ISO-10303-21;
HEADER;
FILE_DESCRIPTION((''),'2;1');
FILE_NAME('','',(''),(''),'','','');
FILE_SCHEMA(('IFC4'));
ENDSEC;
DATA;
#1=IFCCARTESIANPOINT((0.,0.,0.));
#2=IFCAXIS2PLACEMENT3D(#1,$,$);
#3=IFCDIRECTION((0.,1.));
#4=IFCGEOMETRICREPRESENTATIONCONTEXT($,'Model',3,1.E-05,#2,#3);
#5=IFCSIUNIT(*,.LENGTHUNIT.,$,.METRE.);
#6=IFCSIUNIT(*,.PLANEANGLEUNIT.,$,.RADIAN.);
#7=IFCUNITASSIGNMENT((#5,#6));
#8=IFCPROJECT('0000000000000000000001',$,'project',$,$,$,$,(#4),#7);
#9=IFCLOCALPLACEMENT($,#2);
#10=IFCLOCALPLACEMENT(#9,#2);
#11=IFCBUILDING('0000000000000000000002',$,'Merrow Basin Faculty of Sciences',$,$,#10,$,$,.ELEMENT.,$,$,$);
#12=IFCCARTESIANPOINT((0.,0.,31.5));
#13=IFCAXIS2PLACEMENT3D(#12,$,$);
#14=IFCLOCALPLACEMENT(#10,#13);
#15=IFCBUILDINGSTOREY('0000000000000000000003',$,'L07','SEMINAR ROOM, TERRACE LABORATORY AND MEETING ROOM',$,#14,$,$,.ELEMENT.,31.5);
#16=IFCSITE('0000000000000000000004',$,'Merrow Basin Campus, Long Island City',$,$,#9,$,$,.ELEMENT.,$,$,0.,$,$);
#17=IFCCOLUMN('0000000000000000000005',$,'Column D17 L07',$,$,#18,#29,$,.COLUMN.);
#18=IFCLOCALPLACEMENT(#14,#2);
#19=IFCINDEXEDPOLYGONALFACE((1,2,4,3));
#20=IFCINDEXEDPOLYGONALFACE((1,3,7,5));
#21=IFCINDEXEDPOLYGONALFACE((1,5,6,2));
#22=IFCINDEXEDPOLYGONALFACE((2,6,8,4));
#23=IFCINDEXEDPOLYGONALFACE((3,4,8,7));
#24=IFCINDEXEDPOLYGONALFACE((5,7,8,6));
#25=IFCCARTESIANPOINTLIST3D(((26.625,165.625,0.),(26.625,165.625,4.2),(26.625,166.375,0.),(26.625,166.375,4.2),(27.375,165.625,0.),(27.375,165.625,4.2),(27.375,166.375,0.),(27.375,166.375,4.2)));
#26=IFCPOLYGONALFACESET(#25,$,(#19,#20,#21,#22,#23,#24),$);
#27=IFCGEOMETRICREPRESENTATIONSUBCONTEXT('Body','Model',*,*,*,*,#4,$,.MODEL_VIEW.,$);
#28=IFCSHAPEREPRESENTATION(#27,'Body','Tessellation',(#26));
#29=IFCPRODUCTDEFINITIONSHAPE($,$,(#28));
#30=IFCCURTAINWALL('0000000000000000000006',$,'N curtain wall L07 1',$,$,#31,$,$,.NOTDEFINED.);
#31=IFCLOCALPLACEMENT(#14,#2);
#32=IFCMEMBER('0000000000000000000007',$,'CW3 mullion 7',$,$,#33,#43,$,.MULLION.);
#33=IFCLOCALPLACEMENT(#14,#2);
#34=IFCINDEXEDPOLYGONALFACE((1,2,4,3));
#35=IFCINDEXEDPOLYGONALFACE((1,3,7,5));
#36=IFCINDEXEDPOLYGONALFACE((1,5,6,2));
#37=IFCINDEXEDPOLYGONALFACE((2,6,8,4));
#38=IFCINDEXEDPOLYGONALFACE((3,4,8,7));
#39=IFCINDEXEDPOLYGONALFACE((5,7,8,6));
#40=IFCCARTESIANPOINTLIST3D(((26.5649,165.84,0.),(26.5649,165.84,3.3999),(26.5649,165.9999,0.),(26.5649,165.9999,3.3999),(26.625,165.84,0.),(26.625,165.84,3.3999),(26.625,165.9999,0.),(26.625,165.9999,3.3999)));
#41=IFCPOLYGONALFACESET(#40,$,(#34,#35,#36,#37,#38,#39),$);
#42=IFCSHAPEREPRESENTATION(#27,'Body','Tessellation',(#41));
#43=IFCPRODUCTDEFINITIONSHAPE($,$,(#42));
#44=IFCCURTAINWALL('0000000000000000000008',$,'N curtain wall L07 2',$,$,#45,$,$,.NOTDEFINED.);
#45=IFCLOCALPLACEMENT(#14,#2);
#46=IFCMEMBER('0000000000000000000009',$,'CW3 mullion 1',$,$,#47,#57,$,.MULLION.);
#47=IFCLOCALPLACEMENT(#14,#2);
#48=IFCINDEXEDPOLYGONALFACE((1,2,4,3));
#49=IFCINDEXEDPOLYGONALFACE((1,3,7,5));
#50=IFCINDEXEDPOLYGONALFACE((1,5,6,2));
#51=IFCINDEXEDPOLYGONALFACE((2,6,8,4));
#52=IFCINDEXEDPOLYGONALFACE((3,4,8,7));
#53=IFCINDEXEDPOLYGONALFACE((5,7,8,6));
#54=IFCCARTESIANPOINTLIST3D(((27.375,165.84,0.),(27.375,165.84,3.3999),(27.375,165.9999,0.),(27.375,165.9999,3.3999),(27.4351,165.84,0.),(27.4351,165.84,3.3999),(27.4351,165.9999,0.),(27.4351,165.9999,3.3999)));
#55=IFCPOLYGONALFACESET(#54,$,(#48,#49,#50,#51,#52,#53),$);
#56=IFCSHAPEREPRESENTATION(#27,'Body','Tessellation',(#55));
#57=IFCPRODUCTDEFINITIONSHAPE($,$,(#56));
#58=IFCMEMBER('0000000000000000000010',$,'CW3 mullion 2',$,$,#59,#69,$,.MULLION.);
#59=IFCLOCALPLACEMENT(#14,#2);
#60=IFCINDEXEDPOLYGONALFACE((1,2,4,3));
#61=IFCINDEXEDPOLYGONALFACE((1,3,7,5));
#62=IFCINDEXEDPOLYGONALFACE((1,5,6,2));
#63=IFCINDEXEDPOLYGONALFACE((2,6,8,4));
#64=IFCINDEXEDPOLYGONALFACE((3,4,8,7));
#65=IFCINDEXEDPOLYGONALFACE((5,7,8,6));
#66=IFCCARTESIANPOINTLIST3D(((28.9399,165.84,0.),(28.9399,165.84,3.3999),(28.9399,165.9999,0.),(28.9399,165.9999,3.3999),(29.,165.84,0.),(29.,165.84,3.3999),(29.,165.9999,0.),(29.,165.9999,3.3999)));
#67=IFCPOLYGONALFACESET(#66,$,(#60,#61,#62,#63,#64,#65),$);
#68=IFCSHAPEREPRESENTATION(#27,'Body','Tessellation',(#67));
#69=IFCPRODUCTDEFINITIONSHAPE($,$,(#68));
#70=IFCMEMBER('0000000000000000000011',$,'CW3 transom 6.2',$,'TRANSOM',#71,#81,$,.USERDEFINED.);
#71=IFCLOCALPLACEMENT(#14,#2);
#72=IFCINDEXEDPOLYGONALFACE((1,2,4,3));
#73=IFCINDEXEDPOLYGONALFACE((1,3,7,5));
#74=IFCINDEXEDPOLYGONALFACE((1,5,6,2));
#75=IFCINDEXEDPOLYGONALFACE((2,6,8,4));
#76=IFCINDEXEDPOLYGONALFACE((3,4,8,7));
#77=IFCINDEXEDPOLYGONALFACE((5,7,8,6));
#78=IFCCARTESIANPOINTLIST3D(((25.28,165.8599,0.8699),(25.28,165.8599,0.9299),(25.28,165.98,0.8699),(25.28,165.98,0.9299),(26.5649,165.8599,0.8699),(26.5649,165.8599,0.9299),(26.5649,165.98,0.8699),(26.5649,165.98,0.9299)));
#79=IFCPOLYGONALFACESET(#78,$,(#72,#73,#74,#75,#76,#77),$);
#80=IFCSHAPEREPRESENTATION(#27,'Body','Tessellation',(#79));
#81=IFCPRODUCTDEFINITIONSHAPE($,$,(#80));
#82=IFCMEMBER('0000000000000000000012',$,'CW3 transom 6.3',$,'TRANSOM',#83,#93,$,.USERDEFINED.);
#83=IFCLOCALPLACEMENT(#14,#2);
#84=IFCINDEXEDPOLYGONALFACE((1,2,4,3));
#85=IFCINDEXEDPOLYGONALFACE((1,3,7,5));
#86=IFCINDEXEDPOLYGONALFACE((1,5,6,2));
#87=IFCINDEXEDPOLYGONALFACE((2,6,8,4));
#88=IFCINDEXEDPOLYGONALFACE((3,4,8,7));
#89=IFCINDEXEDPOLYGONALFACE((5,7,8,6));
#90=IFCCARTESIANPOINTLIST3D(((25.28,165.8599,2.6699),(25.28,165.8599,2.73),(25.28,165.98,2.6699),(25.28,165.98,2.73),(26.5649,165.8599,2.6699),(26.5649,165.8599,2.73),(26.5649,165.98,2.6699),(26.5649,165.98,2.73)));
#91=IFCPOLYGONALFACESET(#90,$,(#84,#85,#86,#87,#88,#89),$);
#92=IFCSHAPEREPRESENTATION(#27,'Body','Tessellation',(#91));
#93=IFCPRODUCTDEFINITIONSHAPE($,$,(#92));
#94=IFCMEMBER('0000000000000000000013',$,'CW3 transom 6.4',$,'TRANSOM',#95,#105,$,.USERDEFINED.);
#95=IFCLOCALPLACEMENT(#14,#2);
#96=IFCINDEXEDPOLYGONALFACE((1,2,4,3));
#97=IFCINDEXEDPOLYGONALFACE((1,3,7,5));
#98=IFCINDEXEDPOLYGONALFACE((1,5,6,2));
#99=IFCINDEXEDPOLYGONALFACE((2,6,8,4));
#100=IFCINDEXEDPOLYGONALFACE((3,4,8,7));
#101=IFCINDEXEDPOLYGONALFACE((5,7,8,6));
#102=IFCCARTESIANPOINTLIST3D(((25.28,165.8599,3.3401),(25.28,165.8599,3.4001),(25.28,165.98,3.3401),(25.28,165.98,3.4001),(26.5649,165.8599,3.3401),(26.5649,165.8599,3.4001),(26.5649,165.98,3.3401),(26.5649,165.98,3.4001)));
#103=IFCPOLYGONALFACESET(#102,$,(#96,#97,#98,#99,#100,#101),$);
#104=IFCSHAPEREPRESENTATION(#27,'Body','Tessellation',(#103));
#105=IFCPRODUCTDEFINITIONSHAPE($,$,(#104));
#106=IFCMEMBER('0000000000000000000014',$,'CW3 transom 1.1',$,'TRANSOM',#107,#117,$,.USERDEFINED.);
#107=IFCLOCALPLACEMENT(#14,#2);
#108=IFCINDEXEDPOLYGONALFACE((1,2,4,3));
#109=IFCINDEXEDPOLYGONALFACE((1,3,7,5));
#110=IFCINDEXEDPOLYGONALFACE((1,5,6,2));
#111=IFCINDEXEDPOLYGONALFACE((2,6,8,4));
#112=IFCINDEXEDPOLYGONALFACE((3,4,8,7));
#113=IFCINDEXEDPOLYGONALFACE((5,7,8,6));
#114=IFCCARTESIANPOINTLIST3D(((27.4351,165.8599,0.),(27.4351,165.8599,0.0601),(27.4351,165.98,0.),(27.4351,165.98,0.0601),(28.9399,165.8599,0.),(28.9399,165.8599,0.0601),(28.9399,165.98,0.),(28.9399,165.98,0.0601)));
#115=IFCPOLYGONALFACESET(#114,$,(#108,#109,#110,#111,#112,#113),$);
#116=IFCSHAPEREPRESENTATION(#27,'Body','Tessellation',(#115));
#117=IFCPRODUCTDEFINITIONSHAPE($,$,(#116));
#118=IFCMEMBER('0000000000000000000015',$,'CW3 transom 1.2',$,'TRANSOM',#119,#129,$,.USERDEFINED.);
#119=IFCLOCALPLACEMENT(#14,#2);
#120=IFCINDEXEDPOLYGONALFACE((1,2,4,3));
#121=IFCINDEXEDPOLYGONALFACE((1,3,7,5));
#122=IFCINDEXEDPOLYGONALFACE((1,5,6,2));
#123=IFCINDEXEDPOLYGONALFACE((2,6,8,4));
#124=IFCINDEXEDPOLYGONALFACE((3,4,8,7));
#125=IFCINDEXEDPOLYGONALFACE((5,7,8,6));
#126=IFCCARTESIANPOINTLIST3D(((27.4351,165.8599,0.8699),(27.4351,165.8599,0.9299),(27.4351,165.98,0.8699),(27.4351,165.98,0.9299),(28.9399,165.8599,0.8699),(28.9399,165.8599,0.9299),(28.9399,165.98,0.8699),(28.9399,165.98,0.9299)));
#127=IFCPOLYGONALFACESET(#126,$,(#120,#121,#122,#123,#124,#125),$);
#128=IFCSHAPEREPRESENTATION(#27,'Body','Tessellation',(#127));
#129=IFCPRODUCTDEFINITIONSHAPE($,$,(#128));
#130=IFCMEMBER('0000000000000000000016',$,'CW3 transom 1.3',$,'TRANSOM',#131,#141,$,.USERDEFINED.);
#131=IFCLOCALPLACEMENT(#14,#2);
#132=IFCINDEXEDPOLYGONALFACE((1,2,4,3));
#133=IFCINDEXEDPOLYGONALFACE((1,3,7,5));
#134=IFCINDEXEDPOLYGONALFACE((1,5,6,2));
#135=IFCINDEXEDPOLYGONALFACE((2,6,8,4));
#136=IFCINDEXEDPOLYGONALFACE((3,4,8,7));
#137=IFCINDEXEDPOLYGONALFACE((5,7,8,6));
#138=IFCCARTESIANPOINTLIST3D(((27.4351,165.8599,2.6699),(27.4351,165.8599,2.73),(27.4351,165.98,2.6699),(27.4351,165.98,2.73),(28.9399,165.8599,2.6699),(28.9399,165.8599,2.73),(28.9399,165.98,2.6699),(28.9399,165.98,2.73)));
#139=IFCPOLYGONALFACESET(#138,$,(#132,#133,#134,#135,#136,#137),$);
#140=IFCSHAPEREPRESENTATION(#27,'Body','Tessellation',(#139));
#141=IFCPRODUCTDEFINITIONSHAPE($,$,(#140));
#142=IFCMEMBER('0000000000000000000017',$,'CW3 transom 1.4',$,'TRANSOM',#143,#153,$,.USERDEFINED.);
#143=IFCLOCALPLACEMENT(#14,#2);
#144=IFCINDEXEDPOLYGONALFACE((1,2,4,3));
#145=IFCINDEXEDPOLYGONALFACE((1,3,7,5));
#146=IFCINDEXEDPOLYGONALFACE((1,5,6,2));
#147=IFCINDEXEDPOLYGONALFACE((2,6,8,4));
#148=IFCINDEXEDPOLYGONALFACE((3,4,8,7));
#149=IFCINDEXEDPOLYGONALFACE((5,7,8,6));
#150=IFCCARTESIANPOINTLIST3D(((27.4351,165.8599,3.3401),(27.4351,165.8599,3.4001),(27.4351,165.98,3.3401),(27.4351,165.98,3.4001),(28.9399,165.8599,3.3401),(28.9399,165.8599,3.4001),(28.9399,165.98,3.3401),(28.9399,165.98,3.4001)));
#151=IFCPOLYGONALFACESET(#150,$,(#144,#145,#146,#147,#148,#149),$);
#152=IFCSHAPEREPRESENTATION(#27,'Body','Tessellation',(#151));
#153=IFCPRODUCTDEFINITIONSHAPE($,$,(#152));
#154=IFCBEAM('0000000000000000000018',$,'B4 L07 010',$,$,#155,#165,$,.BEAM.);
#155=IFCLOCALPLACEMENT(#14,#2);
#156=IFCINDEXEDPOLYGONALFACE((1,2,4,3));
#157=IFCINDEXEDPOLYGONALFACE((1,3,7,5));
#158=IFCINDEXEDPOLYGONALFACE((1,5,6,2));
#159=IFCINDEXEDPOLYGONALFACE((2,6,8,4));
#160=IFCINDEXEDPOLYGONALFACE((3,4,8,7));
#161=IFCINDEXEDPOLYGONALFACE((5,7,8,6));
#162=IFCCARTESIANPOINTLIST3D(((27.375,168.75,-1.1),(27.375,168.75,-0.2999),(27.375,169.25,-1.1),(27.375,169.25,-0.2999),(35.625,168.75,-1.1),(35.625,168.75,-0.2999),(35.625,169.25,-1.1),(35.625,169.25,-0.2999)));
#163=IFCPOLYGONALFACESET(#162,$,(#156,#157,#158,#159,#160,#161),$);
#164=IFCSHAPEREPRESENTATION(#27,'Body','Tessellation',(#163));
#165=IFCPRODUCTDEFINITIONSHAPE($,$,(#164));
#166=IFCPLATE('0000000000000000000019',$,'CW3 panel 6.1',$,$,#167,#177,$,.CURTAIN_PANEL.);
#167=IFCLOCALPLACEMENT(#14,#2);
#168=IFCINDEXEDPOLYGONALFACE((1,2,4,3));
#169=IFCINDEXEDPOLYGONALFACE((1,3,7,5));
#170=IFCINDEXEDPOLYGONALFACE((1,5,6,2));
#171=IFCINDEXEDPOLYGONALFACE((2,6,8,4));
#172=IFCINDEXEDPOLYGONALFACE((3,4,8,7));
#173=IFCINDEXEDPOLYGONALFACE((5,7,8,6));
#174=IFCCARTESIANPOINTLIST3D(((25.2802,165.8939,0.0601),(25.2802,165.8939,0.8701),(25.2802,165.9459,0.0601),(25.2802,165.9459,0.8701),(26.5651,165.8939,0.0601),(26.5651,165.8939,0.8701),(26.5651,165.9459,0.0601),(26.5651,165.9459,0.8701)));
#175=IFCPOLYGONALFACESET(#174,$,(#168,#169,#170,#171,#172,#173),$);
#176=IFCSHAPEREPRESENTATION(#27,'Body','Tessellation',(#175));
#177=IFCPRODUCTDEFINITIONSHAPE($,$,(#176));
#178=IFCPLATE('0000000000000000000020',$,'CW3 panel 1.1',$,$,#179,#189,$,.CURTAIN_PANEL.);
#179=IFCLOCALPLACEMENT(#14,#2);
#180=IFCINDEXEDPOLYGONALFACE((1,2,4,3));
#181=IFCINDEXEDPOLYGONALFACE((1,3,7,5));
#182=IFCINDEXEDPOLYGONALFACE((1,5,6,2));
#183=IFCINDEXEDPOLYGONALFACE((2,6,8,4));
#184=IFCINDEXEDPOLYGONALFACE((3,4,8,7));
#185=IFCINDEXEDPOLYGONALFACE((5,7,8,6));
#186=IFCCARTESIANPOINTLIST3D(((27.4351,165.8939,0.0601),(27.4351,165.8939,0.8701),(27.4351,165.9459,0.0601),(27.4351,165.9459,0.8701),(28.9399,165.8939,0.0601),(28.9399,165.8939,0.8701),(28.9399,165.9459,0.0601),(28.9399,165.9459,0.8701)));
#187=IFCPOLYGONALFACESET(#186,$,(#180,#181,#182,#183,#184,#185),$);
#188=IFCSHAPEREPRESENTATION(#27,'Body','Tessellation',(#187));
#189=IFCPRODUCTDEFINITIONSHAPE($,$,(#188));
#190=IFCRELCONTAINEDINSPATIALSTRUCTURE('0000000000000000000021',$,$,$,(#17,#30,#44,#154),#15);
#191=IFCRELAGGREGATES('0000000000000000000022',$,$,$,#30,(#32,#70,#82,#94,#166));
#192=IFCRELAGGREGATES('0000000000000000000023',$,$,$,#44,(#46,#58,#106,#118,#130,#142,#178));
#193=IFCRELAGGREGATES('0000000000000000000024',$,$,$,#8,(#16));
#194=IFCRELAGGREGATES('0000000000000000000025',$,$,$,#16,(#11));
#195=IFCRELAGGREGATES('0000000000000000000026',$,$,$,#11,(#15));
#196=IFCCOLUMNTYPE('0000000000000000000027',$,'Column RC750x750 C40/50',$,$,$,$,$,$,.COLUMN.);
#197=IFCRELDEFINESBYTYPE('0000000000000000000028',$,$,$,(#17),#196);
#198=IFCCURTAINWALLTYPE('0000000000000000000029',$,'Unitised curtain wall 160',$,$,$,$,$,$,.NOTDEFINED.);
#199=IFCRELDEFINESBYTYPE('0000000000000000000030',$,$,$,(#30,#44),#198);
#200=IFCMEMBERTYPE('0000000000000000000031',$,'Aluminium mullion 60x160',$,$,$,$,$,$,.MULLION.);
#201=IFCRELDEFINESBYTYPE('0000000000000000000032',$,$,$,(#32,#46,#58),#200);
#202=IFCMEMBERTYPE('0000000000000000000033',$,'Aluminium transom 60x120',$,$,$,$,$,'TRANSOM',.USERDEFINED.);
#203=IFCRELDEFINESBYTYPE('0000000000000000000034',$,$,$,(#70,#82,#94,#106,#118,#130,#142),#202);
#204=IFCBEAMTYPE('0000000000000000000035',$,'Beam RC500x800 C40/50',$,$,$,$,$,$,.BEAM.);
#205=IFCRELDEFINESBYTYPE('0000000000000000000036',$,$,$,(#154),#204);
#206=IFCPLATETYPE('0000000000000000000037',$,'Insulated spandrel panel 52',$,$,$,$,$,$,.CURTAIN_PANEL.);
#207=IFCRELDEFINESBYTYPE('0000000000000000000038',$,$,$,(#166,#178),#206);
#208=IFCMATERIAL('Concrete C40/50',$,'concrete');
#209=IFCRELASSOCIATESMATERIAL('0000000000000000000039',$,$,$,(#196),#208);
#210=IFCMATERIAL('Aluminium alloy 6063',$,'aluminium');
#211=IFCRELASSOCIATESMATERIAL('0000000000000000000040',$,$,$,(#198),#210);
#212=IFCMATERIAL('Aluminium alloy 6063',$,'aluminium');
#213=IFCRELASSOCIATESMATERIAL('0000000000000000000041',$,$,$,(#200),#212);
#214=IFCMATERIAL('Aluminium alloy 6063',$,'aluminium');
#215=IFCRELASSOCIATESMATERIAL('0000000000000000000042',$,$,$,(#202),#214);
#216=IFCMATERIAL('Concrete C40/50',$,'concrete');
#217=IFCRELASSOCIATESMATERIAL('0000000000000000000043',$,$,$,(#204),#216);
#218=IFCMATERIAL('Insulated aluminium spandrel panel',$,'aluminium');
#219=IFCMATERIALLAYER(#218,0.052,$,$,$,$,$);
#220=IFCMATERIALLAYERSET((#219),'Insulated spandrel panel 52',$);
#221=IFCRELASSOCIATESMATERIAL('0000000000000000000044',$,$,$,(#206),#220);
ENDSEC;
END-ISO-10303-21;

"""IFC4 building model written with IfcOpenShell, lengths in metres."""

from ifc_helpers import new_model, si_unit, direction, frame, origin, origin_2d, place, context, subcontext, project, spatial, rectangle, extrude, material, layer, layer_set, material_profile, profile_set, type_object, element, aggregate, save


model = new_model("IFC4")

# Units and contexts
model_context = context("Model", 3, precision=1e-05, world=origin(), true_north=direction((0.0, 1.0)))
body_context = subcontext(model_context, "Body", "Model", "MODEL_VIEW")
ifc_project = project(units=[si_unit("LENGTHUNIT", "METRE"), si_unit("PLANEANGLEUNIT", "RADIAN")], contexts=[model_context])

# Site, building, storey
site_placement = place(None, origin())
site = spatial("IfcSite", under=ifc_project, at=site_placement, Name="Merrow Basin Campus, Long Island City", CompositionType="ELEMENT", RefElevation=0.0)
building_placement = place(site_placement, origin())
building = spatial("IfcBuilding", under=site, at=building_placement, Name="Merrow Basin Faculty of Sciences", CompositionType="ELEMENT")
storey_placement = place(building_placement, frame((0.0, 0.0, 31.5)))
storey = spatial("IfcBuildingStorey", under=building, at=storey_placement, Name="L07", Description="SEMINAR ROOM, TERRACE LABORATORY AND MEETING ROOM", CompositionType="ELEMENT", Elevation=31.5)

# Column
ifc_material_1 = material(Name="Concrete C40/50", Category="concrete")
ifc_material_profile_1 = material_profile(ifc_material_1, rectangle(XDim=0.75, YDim=0.75, at=origin_2d()))
ifc_profile_set_1 = profile_set([ifc_material_profile_1], Name="Concrete C40/50")
column_type = type_object("IfcColumnType", Name="Column RC750x750 C40/50", PredefinedType="COLUMN", material=ifc_profile_set_1)
column_placement = place(storey_placement, frame((27.0, 166.0, 0.0), z_axis=(0.0, 0.0, 1.0), x_axis=(1.0, 0.0, 0.0)))
element("IfcColumn", 1, at=column_placement, inside=storey, type_object=column_type, Name="Column D17 L07", PredefinedType="COLUMN", context=body_context, shape_type="SweptSolid", body=[
    extrude(rectangle(XDim=0.75, YDim=0.75, at=origin_2d()), origin(), (0.0, 0.0, 1.0), 4.2),
])

# Curtain wall, member
ifc_material_2 = material(Name="Aluminium alloy 6063", Category="aluminium")
curtain_wall_type = type_object("IfcCurtainWallType", Name="Unitised curtain wall 160", PredefinedType="NOTDEFINED", material=ifc_material_2)
curtain_wall_1_placement = place(storey_placement, origin())
curtain_wall_1 = element("IfcCurtainWall", 2, at=curtain_wall_1_placement, inside=storey, type_object=curtain_wall_type, Name="N curtain wall L07 1", PredefinedType="NOTDEFINED")
ifc_material_3 = material(Name="Aluminium alloy 6063", Category="aluminium")
ifc_material_profile_2 = material_profile(ifc_material_3, rectangle(XDim=0.1599, YDim=0.0601, at=origin_2d()))
ifc_profile_set_2 = profile_set([ifc_material_profile_2], Name="Aluminium alloy 6063")
member_type_1 = type_object("IfcMemberType", Name="Aluminium mullion 60x160", PredefinedType="MULLION", material=ifc_profile_set_2)
member_1_placement = place(storey_placement, frame((26.595, 165.9199, 0.0), z_axis=(0.0, 0.0, 1.0), x_axis=(0.0, 1.0, 0.0)))
member_1 = element("IfcMember", 3, at=member_1_placement, type_object=member_type_1, Name="CW3 mullion 7", PredefinedType="MULLION", context=body_context, shape_type="SweptSolid", body=[
    extrude(rectangle(XDim=0.1599, YDim=0.0601, at=origin_2d()), origin(), (0.0, 0.0, 1.0), 3.3999),
])

# Curtain wall, members
curtain_wall_2_placement = place(storey_placement, origin())
curtain_wall_2 = element("IfcCurtainWall", 4, at=curtain_wall_2_placement, inside=storey, type_object=curtain_wall_type, Name="N curtain wall L07 2", PredefinedType="NOTDEFINED")
member_2_placement = place(storey_placement, frame((27.405, 165.9199, 0.0), z_axis=(0.0, 0.0, 1.0), x_axis=(0.0, 1.0, 0.0)))
member_2 = element("IfcMember", 5, at=member_2_placement, type_object=member_type_1, Name="CW3 mullion 1", PredefinedType="MULLION", context=body_context, shape_type="SweptSolid", body=[
    extrude(rectangle(XDim=0.1599, YDim=0.0601, at=origin_2d()), origin(), (0.0, 0.0, 1.0), 3.3999),
])
member_3_placement = place(storey_placement, frame((28.97, 165.9199, 0.0), z_axis=(0.0, 0.0, 1.0), x_axis=(0.0, 1.0, 0.0)))
member_3 = element("IfcMember", 6, at=member_3_placement, type_object=member_type_1, Name="CW3 mullion 2", PredefinedType="MULLION", context=body_context, shape_type="SweptSolid", body=[
    extrude(rectangle(XDim=0.1599, YDim=0.0601, at=origin_2d()), origin(), (0.0, 0.0, 1.0), 3.3999),
])

# Members
ifc_material_4 = material(Name="Aluminium alloy 6063", Category="aluminium")
ifc_material_profile_3 = material_profile(ifc_material_4, rectangle(XDim=0.1201, YDim=0.0601, at=origin_2d()))
ifc_profile_set_3 = profile_set([ifc_material_profile_3], Name="Aluminium alloy 6063")
member_type_2 = type_object("IfcMemberType", Name="Aluminium transom 60x120", ElementType="TRANSOM", PredefinedType="USERDEFINED", material=ifc_profile_set_3)
member_4_placement = place(storey_placement, frame((25.28, 165.9199, 0.8999), z_axis=(1.0, 0.0, 0.0), x_axis=(0.0, 1.0, 0.0)))
member_4 = element("IfcMember", 7, at=member_4_placement, type_object=member_type_2, Name="CW3 transom 6.2", ObjectType="TRANSOM", PredefinedType="USERDEFINED", context=body_context, shape_type="SweptSolid", body=[
    extrude(rectangle(XDim=0.1201, YDim=0.0601, at=origin_2d()), origin(), (0.0, 0.0, 1.0), 1.2849),
])
member_5_placement = place(storey_placement, frame((25.28, 165.9199, 2.7), z_axis=(1.0, 0.0, 0.0), x_axis=(0.0, 1.0, 0.0)))
member_5 = element("IfcMember", 8, at=member_5_placement, type_object=member_type_2, Name="CW3 transom 6.3", ObjectType="TRANSOM", PredefinedType="USERDEFINED", context=body_context, shape_type="SweptSolid", body=[
    extrude(rectangle(XDim=0.1201, YDim=0.0601, at=origin_2d()), origin(), (0.0, 0.0, 1.0), 1.2849),
])
member_6_placement = place(storey_placement, frame((25.28, 165.9199, 3.3701), z_axis=(1.0, 0.0, 0.0), x_axis=(0.0, 1.0, 0.0)))
member_6 = element("IfcMember", 9, at=member_6_placement, type_object=member_type_2, Name="CW3 transom 6.4", ObjectType="TRANSOM", PredefinedType="USERDEFINED", context=body_context, shape_type="SweptSolid", body=[
    extrude(rectangle(XDim=0.1201, YDim=0.0601, at=origin_2d()), origin(), (0.0, 0.0, 1.0), 1.2849),
])
member_7_placement = place(storey_placement, frame((27.4351, 165.9199, 0.03), z_axis=(1.0, 0.0, 0.0), x_axis=(0.0, 1.0, 0.0)))
member_7 = element("IfcMember", 10, at=member_7_placement, type_object=member_type_2, Name="CW3 transom 1.1", ObjectType="TRANSOM", PredefinedType="USERDEFINED", context=body_context, shape_type="SweptSolid", body=[
    extrude(rectangle(XDim=0.1201, YDim=0.0601, at=origin_2d()), origin(), (0.0, 0.0, 1.0), 1.5049),
])
member_8_placement = place(storey_placement, frame((27.4351, 165.9199, 0.8999), z_axis=(1.0, 0.0, 0.0), x_axis=(0.0, 1.0, 0.0)))
member_8 = element("IfcMember", 11, at=member_8_placement, type_object=member_type_2, Name="CW3 transom 1.2", ObjectType="TRANSOM", PredefinedType="USERDEFINED", context=body_context, shape_type="SweptSolid", body=[
    extrude(rectangle(XDim=0.1201, YDim=0.0601, at=origin_2d()), origin(), (0.0, 0.0, 1.0), 1.5049),
])
member_9_placement = place(storey_placement, frame((27.4351, 165.9199, 2.7), z_axis=(1.0, 0.0, 0.0), x_axis=(0.0, 1.0, 0.0)))
member_9 = element("IfcMember", 12, at=member_9_placement, type_object=member_type_2, Name="CW3 transom 1.3", ObjectType="TRANSOM", PredefinedType="USERDEFINED", context=body_context, shape_type="SweptSolid", body=[
    extrude(rectangle(XDim=0.1201, YDim=0.0601, at=origin_2d()), origin(), (0.0, 0.0, 1.0), 1.5049),
])
member_10_placement = place(storey_placement, frame((27.4351, 165.9199, 3.3701), z_axis=(1.0, 0.0, 0.0), x_axis=(0.0, 1.0, 0.0)))
member_10 = element("IfcMember", 13, at=member_10_placement, type_object=member_type_2, Name="CW3 transom 1.4", ObjectType="TRANSOM", PredefinedType="USERDEFINED", context=body_context, shape_type="SweptSolid", body=[
    extrude(rectangle(XDim=0.1201, YDim=0.0601, at=origin_2d()), origin(), (0.0, 0.0, 1.0), 1.5049),
])

# Beam
ifc_material_5 = material(Name="Concrete C40/50", Category="concrete")
ifc_material_profile_4 = material_profile(ifc_material_5, rectangle(XDim=0.5, YDim=0.8, at=origin_2d()))
ifc_profile_set_4 = profile_set([ifc_material_profile_4], Name="Concrete C40/50")
beam_type = type_object("IfcBeamType", Name="Beam RC500x800 C40/50", PredefinedType="BEAM", material=ifc_profile_set_4)
beam_placement = place(storey_placement, frame((27.375, 169.0, -0.7), z_axis=(1.0, 0.0, 0.0), x_axis=(0.0, 1.0, 0.0)))
element("IfcBeam", 14, at=beam_placement, inside=storey, type_object=beam_type, Name="B4 L07 010", PredefinedType="BEAM", context=body_context, shape_type="SweptSolid", body=[
    extrude(rectangle(XDim=0.5, YDim=0.8, at=origin_2d()), origin(), (0.0, 0.0, 1.0), 8.25),
])

# Plates
ifc_material_6 = material(Name="Insulated aluminium spandrel panel", Category="aluminium")
ifc_layer_1 = layer(ifc_material_6, 0.052)
ifc_layer_set_1 = layer_set([ifc_layer_1], Name="Insulated spandrel panel 52")
plate_type_1 = type_object("IfcPlateType", Name="Insulated spandrel panel 52", PredefinedType="CURTAIN_PANEL", material=ifc_layer_set_1)
plate_1_placement = place(storey_placement, frame((25.9226, 165.9199, 0.0601), z_axis=(0.0, 0.0, 1.0), x_axis=(1.0, 0.0, 0.0)))
plate_1 = element("IfcPlate", 15, at=plate_1_placement, type_object=plate_type_1, Name="CW3 panel 6.1", PredefinedType="CURTAIN_PANEL", context=body_context, shape_type="SweptSolid", body=[
    extrude(rectangle(XDim=1.2849, YDim=0.052, at=origin_2d()), origin(), (0.0, 0.0, 1.0), 0.8101),
])
plate_2_placement = place(storey_placement, frame((28.1875, 165.9199, 0.0601), z_axis=(0.0, 0.0, 1.0), x_axis=(1.0, 0.0, 0.0)))
plate_2 = element("IfcPlate", 16, at=plate_2_placement, type_object=plate_type_1, Name="CW3 panel 1.1", PredefinedType="CURTAIN_PANEL", context=body_context, shape_type="SweptSolid", body=[
    extrude(rectangle(XDim=1.5049, YDim=0.052, at=origin_2d()), origin(), (0.0, 0.0, 1.0), 0.8101),
])
aggregate(curtain_wall_1, [member_1, member_4, member_5, member_6, plate_1])
aggregate(curtain_wall_2, [member_2, member_3, member_7, member_8, member_9, member_10, plate_2])

save(model, "model.ifc")
